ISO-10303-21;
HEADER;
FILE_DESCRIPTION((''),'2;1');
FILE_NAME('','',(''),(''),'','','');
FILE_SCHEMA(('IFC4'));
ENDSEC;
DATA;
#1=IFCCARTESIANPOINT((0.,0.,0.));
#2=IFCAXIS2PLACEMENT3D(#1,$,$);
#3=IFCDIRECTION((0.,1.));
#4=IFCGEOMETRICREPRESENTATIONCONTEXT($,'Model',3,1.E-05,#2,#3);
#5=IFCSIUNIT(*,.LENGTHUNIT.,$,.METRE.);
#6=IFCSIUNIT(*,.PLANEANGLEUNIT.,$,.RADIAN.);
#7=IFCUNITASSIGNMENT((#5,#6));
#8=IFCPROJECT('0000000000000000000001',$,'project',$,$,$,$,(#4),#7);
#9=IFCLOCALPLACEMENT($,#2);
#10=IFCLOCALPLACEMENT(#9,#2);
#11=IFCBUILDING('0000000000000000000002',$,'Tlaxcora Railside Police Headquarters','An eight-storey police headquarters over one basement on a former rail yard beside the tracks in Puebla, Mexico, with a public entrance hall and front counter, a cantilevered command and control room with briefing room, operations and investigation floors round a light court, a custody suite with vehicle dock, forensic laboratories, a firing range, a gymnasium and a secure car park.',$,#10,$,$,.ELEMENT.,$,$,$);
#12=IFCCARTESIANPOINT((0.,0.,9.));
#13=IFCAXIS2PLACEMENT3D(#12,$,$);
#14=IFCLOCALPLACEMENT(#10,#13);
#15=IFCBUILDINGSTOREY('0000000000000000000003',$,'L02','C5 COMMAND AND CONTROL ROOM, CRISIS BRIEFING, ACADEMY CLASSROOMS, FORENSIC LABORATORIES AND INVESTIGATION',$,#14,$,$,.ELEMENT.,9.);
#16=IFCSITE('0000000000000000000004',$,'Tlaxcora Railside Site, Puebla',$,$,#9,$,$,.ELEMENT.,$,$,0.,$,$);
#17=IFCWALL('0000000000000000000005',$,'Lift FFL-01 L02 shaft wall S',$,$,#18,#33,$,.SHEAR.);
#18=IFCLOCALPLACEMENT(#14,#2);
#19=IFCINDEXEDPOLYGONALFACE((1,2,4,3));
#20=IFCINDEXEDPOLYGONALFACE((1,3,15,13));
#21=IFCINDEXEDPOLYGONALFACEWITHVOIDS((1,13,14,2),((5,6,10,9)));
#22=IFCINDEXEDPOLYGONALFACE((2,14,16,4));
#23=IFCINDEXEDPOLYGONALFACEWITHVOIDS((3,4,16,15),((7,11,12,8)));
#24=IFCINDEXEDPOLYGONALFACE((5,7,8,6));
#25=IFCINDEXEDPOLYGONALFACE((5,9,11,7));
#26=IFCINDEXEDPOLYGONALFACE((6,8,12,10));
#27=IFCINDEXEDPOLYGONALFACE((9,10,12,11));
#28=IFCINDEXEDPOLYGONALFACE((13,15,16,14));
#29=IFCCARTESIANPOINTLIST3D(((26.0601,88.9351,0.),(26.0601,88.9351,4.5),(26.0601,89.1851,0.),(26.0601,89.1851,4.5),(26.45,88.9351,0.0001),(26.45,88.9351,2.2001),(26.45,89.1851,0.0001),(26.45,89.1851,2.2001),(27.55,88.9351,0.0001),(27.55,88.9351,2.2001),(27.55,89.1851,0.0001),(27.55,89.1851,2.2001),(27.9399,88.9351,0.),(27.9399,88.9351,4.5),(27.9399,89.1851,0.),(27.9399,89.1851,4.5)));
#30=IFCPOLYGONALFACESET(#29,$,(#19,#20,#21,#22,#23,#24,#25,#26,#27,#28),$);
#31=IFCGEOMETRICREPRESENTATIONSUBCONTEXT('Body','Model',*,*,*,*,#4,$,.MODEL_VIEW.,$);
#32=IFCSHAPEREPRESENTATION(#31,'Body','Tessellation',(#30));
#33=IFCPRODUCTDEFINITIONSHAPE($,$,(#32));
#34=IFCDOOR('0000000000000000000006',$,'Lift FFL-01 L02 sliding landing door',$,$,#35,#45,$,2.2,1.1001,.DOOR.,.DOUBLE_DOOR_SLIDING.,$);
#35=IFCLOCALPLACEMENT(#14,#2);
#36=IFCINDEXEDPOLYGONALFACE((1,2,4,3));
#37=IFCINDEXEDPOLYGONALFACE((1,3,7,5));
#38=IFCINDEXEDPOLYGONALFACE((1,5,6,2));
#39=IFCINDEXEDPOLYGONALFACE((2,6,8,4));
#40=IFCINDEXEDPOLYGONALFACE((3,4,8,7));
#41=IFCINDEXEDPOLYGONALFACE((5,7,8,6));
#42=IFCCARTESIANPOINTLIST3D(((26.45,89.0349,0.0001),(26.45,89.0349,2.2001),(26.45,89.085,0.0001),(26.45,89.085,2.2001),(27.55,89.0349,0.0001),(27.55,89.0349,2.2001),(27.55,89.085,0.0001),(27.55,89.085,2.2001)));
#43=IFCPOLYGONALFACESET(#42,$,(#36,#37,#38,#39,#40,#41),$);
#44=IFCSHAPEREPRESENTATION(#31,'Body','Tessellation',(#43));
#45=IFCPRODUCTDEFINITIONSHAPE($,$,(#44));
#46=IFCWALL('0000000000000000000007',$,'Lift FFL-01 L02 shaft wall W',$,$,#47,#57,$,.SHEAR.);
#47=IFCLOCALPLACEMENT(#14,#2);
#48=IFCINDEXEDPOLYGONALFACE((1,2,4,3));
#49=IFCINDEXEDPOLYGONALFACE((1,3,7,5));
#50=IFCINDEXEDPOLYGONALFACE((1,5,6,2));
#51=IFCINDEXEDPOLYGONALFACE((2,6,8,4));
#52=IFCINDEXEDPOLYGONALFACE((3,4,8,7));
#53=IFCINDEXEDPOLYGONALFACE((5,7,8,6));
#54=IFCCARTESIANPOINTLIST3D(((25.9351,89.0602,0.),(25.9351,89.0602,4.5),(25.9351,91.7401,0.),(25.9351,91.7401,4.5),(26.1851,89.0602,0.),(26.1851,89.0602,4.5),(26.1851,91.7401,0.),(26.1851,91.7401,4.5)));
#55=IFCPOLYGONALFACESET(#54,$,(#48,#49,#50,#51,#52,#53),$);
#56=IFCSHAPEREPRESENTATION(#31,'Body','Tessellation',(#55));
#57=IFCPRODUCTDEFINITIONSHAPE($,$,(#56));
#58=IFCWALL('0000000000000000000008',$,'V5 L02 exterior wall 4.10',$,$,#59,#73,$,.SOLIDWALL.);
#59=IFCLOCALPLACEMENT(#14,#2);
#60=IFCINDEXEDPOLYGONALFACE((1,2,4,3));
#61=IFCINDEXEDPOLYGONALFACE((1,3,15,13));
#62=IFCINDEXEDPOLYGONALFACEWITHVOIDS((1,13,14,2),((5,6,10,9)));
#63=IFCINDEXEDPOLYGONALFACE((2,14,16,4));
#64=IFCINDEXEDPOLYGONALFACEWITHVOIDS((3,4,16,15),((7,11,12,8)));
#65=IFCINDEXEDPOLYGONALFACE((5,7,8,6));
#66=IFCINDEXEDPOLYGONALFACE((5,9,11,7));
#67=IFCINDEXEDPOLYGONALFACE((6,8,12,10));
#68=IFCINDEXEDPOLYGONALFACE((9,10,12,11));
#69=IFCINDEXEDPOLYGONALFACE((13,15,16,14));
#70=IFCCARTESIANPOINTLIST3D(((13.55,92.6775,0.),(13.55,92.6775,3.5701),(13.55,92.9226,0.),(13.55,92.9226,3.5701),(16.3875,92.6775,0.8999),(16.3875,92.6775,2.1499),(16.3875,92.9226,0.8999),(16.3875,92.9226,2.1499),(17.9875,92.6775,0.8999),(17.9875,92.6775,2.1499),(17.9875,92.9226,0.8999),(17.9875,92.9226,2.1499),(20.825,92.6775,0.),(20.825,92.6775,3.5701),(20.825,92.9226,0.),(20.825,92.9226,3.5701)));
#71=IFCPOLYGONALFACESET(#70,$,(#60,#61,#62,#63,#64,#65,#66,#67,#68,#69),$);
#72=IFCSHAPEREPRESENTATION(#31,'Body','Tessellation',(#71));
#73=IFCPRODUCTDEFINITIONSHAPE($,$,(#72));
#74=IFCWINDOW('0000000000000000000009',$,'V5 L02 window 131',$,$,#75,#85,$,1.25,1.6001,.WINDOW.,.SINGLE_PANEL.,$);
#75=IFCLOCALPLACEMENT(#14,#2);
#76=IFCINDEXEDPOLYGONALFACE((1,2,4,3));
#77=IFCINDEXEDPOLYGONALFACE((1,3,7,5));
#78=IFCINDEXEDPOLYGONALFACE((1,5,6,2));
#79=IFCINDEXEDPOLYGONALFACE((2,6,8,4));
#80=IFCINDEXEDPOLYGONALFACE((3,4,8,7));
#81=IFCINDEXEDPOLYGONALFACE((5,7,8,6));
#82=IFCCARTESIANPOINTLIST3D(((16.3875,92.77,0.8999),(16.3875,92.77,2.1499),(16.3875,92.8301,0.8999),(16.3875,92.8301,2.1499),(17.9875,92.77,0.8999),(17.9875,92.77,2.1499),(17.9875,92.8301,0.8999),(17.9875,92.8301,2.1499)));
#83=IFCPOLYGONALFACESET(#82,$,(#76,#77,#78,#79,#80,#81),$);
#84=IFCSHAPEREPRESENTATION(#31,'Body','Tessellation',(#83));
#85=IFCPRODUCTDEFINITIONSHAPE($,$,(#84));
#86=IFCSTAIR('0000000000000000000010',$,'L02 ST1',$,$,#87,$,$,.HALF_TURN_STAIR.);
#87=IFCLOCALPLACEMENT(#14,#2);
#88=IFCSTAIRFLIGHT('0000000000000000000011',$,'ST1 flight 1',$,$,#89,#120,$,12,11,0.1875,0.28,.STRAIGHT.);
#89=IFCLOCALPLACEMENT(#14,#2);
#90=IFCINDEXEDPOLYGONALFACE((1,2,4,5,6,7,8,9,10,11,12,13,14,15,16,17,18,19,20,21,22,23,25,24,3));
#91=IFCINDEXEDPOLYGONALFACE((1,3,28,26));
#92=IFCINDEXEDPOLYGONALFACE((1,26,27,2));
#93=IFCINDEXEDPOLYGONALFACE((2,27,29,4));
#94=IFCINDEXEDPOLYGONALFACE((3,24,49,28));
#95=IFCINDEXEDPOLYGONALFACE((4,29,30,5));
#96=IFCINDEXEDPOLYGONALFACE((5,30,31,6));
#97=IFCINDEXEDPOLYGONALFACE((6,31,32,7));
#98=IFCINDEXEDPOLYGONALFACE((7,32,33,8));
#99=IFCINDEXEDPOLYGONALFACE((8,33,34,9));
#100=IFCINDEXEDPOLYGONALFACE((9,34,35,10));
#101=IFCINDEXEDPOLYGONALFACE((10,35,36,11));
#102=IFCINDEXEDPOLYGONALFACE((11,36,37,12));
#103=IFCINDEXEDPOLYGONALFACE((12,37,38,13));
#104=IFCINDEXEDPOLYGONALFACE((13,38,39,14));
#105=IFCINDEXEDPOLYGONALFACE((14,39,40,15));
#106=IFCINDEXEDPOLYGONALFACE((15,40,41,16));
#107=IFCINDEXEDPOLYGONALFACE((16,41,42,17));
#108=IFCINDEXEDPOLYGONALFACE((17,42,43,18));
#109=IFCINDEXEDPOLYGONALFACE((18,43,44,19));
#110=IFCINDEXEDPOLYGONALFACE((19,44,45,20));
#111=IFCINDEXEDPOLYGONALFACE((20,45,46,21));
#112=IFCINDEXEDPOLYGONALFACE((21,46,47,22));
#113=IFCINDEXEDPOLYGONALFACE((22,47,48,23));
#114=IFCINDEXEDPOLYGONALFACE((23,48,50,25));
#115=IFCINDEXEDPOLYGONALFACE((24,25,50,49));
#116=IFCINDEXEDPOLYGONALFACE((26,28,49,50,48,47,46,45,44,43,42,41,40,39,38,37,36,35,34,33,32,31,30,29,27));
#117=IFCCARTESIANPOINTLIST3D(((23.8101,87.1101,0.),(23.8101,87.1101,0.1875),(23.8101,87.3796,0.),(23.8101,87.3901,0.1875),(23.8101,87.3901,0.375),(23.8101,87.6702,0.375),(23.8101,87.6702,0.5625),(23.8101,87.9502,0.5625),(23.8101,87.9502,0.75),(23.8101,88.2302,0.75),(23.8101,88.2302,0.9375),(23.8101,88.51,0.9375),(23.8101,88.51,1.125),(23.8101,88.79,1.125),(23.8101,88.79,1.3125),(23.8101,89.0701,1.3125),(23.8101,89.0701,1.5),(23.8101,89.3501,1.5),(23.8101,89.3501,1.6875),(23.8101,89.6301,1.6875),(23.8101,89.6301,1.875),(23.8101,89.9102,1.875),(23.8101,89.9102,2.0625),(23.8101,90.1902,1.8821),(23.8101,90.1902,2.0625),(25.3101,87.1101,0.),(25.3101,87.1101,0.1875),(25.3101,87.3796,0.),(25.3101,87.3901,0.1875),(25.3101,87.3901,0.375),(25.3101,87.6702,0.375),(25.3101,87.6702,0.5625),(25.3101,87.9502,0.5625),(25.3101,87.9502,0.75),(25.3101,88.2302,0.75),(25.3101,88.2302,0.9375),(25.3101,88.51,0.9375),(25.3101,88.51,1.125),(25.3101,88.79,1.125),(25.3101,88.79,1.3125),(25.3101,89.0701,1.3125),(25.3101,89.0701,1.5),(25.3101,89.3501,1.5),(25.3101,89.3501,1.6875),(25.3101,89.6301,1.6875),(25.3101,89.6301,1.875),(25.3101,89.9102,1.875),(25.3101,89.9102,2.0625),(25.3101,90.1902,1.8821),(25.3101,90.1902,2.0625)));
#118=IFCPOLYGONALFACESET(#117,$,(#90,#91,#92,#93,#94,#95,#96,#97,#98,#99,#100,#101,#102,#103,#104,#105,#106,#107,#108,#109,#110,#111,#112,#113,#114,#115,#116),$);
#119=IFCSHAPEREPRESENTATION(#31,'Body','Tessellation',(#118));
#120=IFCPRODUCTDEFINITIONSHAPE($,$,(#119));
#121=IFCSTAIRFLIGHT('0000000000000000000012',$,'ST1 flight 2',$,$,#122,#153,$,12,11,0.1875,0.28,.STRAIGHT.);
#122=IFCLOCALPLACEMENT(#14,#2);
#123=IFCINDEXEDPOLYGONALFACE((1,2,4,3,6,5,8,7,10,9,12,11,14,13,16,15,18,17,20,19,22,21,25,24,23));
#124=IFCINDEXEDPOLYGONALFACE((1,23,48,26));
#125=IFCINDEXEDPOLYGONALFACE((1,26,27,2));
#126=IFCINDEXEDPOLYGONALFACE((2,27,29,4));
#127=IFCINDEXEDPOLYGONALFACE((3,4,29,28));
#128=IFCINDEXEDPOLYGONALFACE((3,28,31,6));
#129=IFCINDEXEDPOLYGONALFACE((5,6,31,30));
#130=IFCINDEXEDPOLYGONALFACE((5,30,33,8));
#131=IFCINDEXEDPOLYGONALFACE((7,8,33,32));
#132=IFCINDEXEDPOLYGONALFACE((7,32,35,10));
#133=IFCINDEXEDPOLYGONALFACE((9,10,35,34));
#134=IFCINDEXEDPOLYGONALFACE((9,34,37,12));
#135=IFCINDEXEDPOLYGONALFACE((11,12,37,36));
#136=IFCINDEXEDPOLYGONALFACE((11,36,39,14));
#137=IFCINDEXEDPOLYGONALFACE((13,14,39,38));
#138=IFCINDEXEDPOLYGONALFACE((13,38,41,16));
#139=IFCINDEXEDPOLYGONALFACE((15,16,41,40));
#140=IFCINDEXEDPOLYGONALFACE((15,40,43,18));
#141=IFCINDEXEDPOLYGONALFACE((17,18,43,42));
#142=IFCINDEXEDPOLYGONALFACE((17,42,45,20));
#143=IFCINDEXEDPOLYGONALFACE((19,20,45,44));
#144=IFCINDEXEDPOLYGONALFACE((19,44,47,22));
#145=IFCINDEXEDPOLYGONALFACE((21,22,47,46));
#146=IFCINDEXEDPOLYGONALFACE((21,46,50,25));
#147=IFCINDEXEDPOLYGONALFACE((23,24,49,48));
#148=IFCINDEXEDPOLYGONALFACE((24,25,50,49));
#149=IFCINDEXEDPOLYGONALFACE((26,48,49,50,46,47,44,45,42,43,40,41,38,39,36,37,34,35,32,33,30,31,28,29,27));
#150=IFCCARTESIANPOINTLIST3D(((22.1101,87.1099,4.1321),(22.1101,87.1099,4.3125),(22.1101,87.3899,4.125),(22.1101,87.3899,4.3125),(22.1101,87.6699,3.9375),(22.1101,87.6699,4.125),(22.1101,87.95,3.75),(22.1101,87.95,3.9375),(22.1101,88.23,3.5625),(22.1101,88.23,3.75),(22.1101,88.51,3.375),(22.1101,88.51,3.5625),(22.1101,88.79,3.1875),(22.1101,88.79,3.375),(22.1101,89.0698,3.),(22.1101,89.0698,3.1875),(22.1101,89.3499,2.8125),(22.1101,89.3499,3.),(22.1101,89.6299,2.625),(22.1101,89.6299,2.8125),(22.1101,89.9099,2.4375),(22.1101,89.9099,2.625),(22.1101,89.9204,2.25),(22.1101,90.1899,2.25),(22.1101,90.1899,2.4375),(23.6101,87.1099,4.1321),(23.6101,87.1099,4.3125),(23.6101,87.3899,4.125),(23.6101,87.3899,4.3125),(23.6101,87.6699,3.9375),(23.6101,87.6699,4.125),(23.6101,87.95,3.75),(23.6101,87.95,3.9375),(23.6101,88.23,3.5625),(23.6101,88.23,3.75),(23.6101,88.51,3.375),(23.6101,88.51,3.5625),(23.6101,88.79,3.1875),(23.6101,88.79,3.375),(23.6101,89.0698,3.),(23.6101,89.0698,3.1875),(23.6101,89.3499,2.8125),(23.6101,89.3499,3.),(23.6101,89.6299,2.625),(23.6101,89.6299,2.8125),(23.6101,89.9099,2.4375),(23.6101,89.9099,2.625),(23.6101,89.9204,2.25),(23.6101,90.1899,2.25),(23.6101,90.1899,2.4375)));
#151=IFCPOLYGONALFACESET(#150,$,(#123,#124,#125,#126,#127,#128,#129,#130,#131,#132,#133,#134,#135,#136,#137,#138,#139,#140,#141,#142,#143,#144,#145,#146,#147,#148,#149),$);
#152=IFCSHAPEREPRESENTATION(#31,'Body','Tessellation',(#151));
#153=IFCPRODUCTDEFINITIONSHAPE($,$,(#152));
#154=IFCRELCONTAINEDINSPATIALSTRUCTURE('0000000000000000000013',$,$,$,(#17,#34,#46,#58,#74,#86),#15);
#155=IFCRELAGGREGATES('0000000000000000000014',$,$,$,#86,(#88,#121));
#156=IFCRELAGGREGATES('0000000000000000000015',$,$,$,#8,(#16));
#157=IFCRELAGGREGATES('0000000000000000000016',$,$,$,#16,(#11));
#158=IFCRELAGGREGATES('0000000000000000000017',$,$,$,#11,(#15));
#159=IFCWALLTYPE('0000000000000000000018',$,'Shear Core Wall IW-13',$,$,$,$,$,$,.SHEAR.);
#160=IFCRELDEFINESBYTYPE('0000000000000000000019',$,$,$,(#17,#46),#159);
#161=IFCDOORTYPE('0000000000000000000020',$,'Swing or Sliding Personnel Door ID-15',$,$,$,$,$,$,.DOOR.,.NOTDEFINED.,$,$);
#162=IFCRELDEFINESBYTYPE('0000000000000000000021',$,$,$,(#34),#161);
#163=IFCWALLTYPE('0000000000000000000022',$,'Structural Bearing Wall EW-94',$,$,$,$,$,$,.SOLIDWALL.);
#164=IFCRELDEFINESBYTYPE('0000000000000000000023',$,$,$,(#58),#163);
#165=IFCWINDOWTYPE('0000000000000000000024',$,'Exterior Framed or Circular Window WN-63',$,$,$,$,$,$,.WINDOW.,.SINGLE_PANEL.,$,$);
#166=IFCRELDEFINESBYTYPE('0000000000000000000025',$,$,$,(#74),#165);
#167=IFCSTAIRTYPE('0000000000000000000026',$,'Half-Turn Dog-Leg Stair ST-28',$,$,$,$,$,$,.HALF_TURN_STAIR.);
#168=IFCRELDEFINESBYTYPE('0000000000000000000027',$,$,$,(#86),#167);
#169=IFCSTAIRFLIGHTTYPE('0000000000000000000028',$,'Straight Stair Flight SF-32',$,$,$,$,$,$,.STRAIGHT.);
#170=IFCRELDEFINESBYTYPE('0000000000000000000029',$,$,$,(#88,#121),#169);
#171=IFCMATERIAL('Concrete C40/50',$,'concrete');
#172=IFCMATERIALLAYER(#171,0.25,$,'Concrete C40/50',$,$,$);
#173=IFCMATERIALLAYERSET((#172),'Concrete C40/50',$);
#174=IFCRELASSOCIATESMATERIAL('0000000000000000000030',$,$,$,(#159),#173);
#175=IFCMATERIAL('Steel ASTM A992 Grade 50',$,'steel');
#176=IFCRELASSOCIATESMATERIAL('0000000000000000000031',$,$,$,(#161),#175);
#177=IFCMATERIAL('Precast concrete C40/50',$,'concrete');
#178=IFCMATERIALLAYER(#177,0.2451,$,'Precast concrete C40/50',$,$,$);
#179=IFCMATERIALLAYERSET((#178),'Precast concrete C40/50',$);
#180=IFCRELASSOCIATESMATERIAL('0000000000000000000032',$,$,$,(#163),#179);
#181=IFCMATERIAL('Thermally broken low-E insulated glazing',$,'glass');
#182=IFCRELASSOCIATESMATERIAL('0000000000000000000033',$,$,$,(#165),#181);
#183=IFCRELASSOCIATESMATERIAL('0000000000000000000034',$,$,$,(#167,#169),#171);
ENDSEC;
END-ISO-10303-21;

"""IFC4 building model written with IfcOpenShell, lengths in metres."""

from ifc_helpers import new_model, si_unit, direction, frame, frame_2d, origin, place, context, subcontext, project, spatial, polyline, rectangle, outline, extrude, material, layer, layer_set, type_object, element, fill, aggregate, save


model = new_model("IFC4")

# Units and contexts
model_context = context("Model", 3, precision=1e-05, world=origin(), true_north=direction((0.0, 1.0)))
body_context = subcontext(model_context, "Body", "Model", "MODEL_VIEW")
ifc_project = project(units=[si_unit("LENGTHUNIT", "METRE"), si_unit("PLANEANGLEUNIT", "RADIAN")], contexts=[model_context])

# Site, building, storey
site_placement = place(None, origin())
site = spatial("IfcSite", under=ifc_project, at=site_placement, Name="Tlaxcora Railside Site, Puebla", CompositionType="ELEMENT", RefElevation=0.0)
building_placement = place(site_placement, origin())
building = spatial("IfcBuilding", under=site, at=building_placement, Name="Tlaxcora Railside Police Headquarters", Description="An eight-storey police headquarters over one basement on a former rail yard beside the tracks in Puebla, Mexico, with a public entrance hall and front counter, a cantilevered command and control room with briefing room, operations and investigation floors round a light court, a custody suite with vehicle dock, forensic laboratories, a firing range, a gymnasium and a secure car park.", CompositionType="ELEMENT")
storey_placement = place(building_placement, frame((0.0, 0.0, 9.0)))
storey = spatial("IfcBuildingStorey", under=building, at=storey_placement, Name="L02", Description="C5 COMMAND AND CONTROL ROOM, CRISIS BRIEFING, ACADEMY CLASSROOMS, FORENSIC LABORATORIES AND INVESTIGATION", CompositionType="ELEMENT", Elevation=9.0)

# Shared definitions
ifc_material_1 = material(Name="Concrete C40/50", Category="concrete")

# Shared definitions
ifc_material_2 = material(Name="Steel ASTM A992 Grade 50", Category="steel")

# Shared definitions
ifc_layer_1 = layer(ifc_material_1, 0.25, Name="Concrete C40/50")
ifc_layer_set_1 = layer_set([ifc_layer_1], Name="Concrete C40/50")
wall_type_1 = type_object("IfcWallType", Name="Shear Core Wall IW-13", PredefinedType="SHEAR", material=ifc_layer_set_1)

# Wall, opening, door
wall_1_placement = place(storey_placement, frame((26.0601, 89.0601, 0.0), z_axis=(0.0, 0.0, 1.0), x_axis=(1.0, 0.0, 0.0)))
wall_1 = element("IfcWall", 1, at=wall_1_placement, inside=storey, type_object=wall_type_1, Name="Lift FFL-01 L02 shaft wall S", PredefinedType="SHEAR", context=body_context, shape_type="SweptSolid", body=[
    extrude(rectangle(XDim=1.8799, YDim=0.25, at=frame_2d((0.9399, 0.0))), origin(), (0.0, 0.0, 1.0), 4.5),
])
opening_1_placement = place(wall_1_placement, frame((0.3899, 0.0, 0.0)))
opening_1 = element("IfcOpeningElement", 2, at=opening_1_placement, cuts=wall_1, PredefinedType="OPENING", context=body_context, shape_type="SweptSolid", body=[
    extrude(rectangle(XDim=1.1001, YDim=2.2, at=frame_2d((0.55, 1.1001))), frame((0.0, 0.135, 0.0), z_axis=(0.0, -1.0, 0.0), x_axis=(1.0, 0.0, 0.0)), (0.0, 0.0, 1.0), 0.27),
])
door_type_1 = type_object("IfcDoorType", Name="Swing or Sliding Personnel Door ID-15", OperationType="NOTDEFINED", PredefinedType="DOOR", material=ifc_material_2)
door_1_placement = place(opening_1_placement, origin())
door_1 = element("IfcDoor", 3, at=door_1_placement, inside=storey, type_object=door_type_1, Name="Lift FFL-01 L02 sliding landing door", OperationType="DOUBLE_DOOR_SLIDING", OverallHeight=2.2, OverallWidth=1.1001, PredefinedType="DOOR", context=body_context, shape_type="SweptSolid", body=[
    extrude(rectangle(XDim=1.1001, YDim=2.2, at=frame_2d((0.55, 1.1001))), frame((0.0, 0.0249, 0.0), z_axis=(0.0, -1.0, 0.0), x_axis=(1.0, 0.0, 0.0)), (0.0, 0.0, 1.0), 0.05),
])
fill(opening_1, door_1)

# Wall
wall_2_placement = place(storey_placement, frame((26.0601, 91.74, 0.0), z_axis=(0.0, 0.0, 1.0), x_axis=(0.0, -1.0, 0.0)))
element("IfcWall", 4, at=wall_2_placement, inside=storey, type_object=wall_type_1, Name="Lift FFL-01 L02 shaft wall W", PredefinedType="SHEAR", context=body_context, shape_type="SweptSolid", body=[
    extrude(rectangle(XDim=2.6799, YDim=0.25, at=frame_2d((1.3398, 0.0))), origin(), (0.0, 0.0, 1.0), 4.5),
])

# Wall, opening, window
ifc_material_3 = material(Name="Precast concrete C40/50", Category="concrete")
ifc_layer_2 = layer(ifc_material_3, 0.2451, Name="Precast concrete C40/50")
ifc_layer_set_2 = layer_set([ifc_layer_2], Name="Precast concrete C40/50")
wall_type_2 = type_object("IfcWallType", Name="Structural Bearing Wall EW-94", PredefinedType="SOLIDWALL", material=ifc_layer_set_2)
wall_3_placement = place(storey_placement, frame((20.825, 92.8, 0.0), z_axis=(0.0, 0.0, 1.0), x_axis=(-1.0, 0.0, 0.0)))
wall_3 = element("IfcWall", 5, at=wall_3_placement, inside=storey, type_object=wall_type_2, Name="V5 L02 exterior wall 4.10", PredefinedType="SOLIDWALL", context=body_context, shape_type="SweptSolid", body=[
    extrude(rectangle(XDim=7.2749, YDim=0.2451, at=frame_2d((3.6375, 0.0))), origin(), (0.0, 0.0, 1.0), 3.5701),
])
opening_2_placement = place(wall_3_placement, frame((2.8374, 0.0, 0.8999)))
opening_2 = element("IfcOpeningElement", 6, at=opening_2_placement, cuts=wall_3, PredefinedType="OPENING", context=body_context, shape_type="SweptSolid", body=[
    extrude(rectangle(XDim=1.6001, YDim=1.25, at=frame_2d((0.8, 0.625))), frame((0.0, 0.1326, 0.0), z_axis=(0.0, -1.0, 0.0), x_axis=(1.0, 0.0, 0.0)), (0.0, 0.0, 1.0), 0.2651),
])
ifc_material_4 = material(Name="Thermally broken low-E insulated glazing", Category="glass")
window_type = type_object("IfcWindowType", Name="Exterior Framed or Circular Window WN-63", PartitioningType="SINGLE_PANEL", PredefinedType="WINDOW", material=ifc_material_4)
window_placement = place(opening_2_placement, origin())
window = element("IfcWindow", 7, at=window_placement, inside=storey, type_object=window_type, Name="V5 L02 window 131", OverallHeight=1.25, OverallWidth=1.6001, PartitioningType="SINGLE_PANEL", PredefinedType="WINDOW", context=body_context, shape_type="SweptSolid", body=[
    extrude(rectangle(XDim=1.6001, YDim=1.25, at=frame_2d((0.8, 0.625))), frame((0.0, 0.03, 0.0), z_axis=(0.0, -1.0, 0.0), x_axis=(1.0, 0.0, 0.0)), (0.0, 0.0, 1.0), 0.0601),
])
fill(opening_2, window)

# Stair, stair flights
stair_type = type_object("IfcStairType", Name="Half-Turn Dog-Leg Stair ST-28", PredefinedType="HALF_TURN_STAIR", material=ifc_material_1)
stair_placement = place(storey_placement, origin())
stair = element("IfcStair", 8, at=stair_placement, inside=storey, type_object=stair_type, Name="L02 ST1", PredefinedType="HALF_TURN_STAIR")
stair_flight_type = type_object("IfcStairFlightType", Name="Straight Stair Flight SF-32", PredefinedType="STRAIGHT", material=ifc_material_1)
stair_flight_1_placement = place(storey_placement, frame((24.5601, 87.1101, 0.0), z_axis=(0.0, 0.0, 1.0), x_axis=(0.0, 1.0, 0.0)))
stair_flight_1 = element("IfcStairFlight", 9, at=stair_flight_1_placement, type_object=stair_flight_type, Name="ST1 flight 1", NumberOfRisers=12, NumberOfTreads=11, PredefinedType="STRAIGHT", RiserHeight=0.1875, TreadLength=0.28, context=body_context, shape_type="SweptSolid", body=[
    extrude(outline(polyline([(0.0, 0.0), (0.0, 0.1875), (0.28, 0.1875), (0.28, 0.375), (0.5601, 0.375), (0.5601, 0.5625), (0.8401, 0.5625), (0.8401, 0.75), (1.1201, 0.75), (1.1201, 0.9375), (1.3999, 0.9375), (1.3999, 1.125), (1.6799, 1.125), (1.6799, 1.3125), (1.96, 1.3125), (1.96, 1.5), (2.24, 1.5), (2.24, 1.6875), (2.52, 1.6875), (2.52, 1.875), (2.8, 1.875), (2.8, 2.0625), (3.0801, 2.0625), (3.0801, 2.25), (3.0801, 1.8821), (0.2695, 0.0), (0.0, 0.0)])), frame((0.0, 0.75, 0.0), z_axis=(0.0, -1.0, 0.0), x_axis=(1.0, 0.0, 0.0)), (0.0, 0.0, 1.0), 1.5),
])
stair_flight_2_placement = place(storey_placement, frame((22.8601, 90.1899, 2.25), z_axis=(0.0, 0.0, 1.0), x_axis=(0.0, -1.0, 0.0)))
stair_flight_2 = element("IfcStairFlight", 10, at=stair_flight_2_placement, type_object=stair_flight_type, Name="ST1 flight 2", NumberOfRisers=12, NumberOfTreads=11, PredefinedType="STRAIGHT", RiserHeight=0.1875, TreadLength=0.28, context=body_context, shape_type="SweptSolid", body=[
    extrude(outline(polyline([(0.0, 0.0), (0.0, 0.1875), (0.28, 0.1875), (0.28, 0.375), (0.5601, 0.375), (0.5601, 0.5625), (0.8401, 0.5625), (0.8401, 0.75), (1.1201, 0.75), (1.1201, 0.9375), (1.3999, 0.9375), (1.3999, 1.125), (1.6799, 1.125), (1.6799, 1.3125), (1.96, 1.3125), (1.96, 1.5), (2.24, 1.5), (2.24, 1.6875), (2.52, 1.6875), (2.52, 1.875), (2.8, 1.875), (2.8, 2.0625), (3.0801, 2.0625), (3.0801, 2.25), (3.0801, 1.8821), (0.2695, 0.0), (0.0, 0.0)])), frame((0.0, 0.75, 0.0), z_axis=(0.0, -1.0, 0.0), x_axis=(1.0, 0.0, 0.0)), (0.0, 0.0, 1.0), 1.5),
])
aggregate(stair, [stair_flight_1, stair_flight_2])

save(model, "model.ifc")
